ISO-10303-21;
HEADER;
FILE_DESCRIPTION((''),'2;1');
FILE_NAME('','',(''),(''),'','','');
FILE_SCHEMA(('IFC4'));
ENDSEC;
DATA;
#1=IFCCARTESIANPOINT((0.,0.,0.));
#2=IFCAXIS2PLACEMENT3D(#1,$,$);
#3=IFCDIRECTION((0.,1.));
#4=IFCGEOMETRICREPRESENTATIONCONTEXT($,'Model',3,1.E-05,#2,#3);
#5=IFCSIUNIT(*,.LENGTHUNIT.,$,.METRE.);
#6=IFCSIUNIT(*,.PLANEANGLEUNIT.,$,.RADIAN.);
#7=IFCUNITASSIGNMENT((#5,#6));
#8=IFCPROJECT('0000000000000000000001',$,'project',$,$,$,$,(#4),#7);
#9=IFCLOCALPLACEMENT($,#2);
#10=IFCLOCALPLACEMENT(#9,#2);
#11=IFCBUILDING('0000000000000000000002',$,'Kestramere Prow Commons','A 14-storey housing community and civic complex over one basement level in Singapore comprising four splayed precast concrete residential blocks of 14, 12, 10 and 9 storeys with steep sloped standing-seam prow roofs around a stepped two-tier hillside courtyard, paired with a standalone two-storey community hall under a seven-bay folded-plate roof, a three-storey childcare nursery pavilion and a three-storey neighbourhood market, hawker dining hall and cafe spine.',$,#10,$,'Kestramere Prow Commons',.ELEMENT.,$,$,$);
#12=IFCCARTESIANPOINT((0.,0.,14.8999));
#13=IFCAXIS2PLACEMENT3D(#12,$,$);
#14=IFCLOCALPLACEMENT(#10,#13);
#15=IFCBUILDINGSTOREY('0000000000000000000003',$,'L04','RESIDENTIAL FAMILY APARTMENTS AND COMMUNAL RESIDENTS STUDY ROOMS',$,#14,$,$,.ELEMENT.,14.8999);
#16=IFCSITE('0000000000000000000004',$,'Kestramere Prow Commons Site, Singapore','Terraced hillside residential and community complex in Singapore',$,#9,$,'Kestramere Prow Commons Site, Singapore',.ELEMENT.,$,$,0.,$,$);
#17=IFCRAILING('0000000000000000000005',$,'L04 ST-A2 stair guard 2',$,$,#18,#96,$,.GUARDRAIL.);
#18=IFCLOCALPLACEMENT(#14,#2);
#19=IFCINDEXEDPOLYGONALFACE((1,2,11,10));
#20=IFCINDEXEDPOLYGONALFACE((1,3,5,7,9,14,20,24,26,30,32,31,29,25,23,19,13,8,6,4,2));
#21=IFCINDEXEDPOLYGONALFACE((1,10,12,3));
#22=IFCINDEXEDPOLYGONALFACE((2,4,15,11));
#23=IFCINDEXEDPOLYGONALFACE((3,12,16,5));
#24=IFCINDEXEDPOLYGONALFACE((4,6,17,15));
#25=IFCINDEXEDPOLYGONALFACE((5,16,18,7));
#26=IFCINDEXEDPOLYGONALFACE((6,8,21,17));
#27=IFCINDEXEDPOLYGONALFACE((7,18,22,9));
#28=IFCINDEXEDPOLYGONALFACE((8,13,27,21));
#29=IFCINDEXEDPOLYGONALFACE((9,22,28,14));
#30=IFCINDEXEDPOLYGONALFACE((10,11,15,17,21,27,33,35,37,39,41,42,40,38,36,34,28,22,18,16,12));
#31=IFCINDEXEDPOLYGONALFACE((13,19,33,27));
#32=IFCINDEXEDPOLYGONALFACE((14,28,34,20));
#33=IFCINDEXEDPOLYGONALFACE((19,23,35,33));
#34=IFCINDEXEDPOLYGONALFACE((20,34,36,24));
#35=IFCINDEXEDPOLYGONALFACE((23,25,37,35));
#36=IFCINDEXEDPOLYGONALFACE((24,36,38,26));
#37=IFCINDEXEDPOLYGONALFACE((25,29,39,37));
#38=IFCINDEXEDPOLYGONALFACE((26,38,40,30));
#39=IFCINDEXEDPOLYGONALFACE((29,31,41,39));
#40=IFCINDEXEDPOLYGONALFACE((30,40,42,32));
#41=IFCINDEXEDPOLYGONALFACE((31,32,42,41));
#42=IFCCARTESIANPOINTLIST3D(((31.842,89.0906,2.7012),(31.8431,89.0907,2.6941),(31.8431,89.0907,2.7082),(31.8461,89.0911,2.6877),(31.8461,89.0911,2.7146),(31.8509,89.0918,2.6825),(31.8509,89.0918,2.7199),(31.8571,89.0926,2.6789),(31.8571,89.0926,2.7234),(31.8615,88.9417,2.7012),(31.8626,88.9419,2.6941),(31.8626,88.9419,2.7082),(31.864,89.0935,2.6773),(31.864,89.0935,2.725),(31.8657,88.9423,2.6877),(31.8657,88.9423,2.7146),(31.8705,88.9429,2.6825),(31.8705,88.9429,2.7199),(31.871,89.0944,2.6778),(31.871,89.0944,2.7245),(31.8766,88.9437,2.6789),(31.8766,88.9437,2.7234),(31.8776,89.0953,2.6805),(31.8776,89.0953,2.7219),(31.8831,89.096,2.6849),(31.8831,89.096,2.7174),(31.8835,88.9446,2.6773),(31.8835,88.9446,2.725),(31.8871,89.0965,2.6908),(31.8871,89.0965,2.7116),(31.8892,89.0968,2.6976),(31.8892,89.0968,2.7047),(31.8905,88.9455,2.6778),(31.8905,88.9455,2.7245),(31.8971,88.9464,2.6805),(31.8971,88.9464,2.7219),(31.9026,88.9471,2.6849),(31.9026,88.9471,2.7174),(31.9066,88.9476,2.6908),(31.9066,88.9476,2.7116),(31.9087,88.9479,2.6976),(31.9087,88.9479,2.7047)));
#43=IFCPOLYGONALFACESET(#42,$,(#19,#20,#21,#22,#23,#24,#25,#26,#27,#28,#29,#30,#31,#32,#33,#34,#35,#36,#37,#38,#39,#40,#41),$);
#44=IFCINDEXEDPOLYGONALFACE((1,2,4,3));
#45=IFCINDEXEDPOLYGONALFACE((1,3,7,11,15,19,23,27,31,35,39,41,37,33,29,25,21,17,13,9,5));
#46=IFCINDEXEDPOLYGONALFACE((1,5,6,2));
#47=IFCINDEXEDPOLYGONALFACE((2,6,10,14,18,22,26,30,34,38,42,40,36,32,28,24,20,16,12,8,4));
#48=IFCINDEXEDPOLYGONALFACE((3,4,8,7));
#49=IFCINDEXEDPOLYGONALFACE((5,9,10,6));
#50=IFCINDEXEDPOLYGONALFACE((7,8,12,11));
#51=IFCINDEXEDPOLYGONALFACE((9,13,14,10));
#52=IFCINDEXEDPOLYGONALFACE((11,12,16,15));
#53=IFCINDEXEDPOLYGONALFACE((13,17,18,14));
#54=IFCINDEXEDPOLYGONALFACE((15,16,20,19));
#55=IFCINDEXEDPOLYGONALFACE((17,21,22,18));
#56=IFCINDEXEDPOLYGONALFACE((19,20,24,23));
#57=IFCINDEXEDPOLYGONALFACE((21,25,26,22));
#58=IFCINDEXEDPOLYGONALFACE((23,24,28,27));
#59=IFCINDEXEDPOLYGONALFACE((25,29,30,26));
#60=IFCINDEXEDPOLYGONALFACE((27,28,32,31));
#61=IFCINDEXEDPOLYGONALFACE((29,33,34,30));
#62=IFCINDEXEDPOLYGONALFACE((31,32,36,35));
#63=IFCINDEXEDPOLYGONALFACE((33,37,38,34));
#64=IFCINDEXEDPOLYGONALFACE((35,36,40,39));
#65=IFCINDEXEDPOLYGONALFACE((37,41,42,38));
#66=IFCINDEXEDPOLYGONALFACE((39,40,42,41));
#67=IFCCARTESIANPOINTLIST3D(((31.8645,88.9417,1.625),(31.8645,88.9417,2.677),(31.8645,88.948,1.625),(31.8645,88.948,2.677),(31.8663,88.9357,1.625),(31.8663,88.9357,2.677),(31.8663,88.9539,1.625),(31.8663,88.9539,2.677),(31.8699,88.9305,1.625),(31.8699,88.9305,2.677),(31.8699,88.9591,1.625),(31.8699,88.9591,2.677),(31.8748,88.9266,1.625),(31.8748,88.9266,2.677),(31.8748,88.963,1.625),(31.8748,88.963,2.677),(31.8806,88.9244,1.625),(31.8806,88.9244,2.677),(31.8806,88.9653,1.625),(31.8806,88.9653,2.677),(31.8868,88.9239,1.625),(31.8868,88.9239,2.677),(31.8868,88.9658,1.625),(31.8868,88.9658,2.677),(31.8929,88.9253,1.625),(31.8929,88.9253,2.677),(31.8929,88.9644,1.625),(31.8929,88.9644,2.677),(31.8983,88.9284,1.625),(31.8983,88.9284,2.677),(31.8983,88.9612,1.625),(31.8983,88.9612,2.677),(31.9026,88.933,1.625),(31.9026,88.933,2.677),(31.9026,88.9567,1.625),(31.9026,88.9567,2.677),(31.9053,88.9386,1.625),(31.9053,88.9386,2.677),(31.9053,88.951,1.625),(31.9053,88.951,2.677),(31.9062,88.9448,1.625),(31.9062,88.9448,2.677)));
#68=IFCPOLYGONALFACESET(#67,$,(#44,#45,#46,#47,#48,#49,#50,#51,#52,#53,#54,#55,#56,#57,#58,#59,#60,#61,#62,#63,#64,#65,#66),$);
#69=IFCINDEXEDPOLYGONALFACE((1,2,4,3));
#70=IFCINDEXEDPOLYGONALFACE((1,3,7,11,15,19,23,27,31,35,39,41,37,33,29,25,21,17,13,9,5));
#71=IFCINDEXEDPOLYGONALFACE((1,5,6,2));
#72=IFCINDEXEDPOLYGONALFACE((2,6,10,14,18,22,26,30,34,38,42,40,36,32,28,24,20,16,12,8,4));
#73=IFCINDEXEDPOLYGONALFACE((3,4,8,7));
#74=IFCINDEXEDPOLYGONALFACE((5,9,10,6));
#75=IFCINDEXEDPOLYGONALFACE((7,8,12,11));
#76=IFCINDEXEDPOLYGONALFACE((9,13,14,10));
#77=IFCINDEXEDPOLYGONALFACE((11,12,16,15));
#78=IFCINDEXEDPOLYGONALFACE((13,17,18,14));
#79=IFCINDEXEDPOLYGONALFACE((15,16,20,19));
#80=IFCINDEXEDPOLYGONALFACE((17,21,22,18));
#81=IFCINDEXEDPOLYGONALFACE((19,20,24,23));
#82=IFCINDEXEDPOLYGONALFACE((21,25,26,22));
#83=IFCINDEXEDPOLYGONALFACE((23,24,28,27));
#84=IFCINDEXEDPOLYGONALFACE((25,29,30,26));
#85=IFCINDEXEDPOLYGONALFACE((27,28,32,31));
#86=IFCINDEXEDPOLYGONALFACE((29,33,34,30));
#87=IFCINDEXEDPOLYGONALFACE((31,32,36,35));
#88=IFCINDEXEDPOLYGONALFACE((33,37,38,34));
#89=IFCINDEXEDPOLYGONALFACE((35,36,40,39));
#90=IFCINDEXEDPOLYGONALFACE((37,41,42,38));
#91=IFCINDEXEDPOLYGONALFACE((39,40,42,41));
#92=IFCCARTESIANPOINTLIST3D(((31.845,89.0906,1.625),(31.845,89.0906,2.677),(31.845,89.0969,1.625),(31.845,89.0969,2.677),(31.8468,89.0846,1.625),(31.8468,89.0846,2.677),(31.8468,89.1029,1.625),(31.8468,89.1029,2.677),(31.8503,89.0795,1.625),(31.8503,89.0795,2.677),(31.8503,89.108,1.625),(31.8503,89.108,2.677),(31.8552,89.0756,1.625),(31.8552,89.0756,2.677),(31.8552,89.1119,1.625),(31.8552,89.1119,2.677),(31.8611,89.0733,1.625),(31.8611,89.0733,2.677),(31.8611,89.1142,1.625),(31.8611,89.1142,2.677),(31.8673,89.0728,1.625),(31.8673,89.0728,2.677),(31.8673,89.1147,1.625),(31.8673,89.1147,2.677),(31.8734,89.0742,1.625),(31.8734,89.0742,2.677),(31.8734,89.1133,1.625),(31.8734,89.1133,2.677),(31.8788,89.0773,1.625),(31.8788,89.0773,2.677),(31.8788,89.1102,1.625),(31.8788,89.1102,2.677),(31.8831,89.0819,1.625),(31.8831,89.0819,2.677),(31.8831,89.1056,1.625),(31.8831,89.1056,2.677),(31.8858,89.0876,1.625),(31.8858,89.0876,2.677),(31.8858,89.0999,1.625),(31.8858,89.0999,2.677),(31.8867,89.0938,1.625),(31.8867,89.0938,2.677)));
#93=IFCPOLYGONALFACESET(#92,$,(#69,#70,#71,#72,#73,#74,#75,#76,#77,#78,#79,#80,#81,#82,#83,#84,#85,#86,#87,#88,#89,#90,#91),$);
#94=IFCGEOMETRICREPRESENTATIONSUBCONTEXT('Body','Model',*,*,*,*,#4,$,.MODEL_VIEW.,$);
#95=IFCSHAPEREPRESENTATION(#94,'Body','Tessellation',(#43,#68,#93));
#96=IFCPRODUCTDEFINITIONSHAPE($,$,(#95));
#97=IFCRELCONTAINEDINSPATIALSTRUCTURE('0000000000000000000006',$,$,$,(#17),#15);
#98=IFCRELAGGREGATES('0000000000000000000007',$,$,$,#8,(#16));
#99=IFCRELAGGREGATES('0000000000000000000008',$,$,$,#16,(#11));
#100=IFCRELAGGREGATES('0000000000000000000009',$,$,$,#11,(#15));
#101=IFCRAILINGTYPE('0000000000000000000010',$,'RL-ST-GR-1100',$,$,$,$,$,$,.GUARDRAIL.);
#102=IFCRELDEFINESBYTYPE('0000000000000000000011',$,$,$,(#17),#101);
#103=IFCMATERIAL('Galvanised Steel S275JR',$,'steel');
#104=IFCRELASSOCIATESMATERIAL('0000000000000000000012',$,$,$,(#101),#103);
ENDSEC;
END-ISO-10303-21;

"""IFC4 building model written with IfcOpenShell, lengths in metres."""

from ifc_helpers import new_model, si_unit, direction, frame, origin, origin_2d, place, context, subcontext, project, spatial, circle, extrude, material, type_object, element, save


model = new_model("IFC4")

# Units and contexts
model_context = context("Model", 3, precision=1e-05, world=origin(), true_north=direction((0.0, 1.0)))
body_context = subcontext(model_context, "Body", "Model", "MODEL_VIEW")
ifc_project = project(units=[si_unit("LENGTHUNIT", "METRE"), si_unit("PLANEANGLEUNIT", "RADIAN")], contexts=[model_context])

# Site, building, storey
site_placement = place(None, origin())
site = spatial("IfcSite", under=ifc_project, at=site_placement, Name="Kestramere Prow Commons Site, Singapore", Description="Terraced hillside residential and community complex in Singapore", LongName="Kestramere Prow Commons Site, Singapore", CompositionType="ELEMENT", RefElevation=0.0)
building_placement = place(site_placement, origin())
building = spatial("IfcBuilding", under=site, at=building_placement, Name="Kestramere Prow Commons", Description="A 14-storey housing community and civic complex over one basement level in Singapore comprising four splayed precast concrete residential blocks of 14, 12, 10 and 9 storeys with steep sloped standing-seam prow roofs around a stepped two-tier hillside courtyard, paired with a standalone two-storey community hall under a seven-bay folded-plate roof, a three-storey childcare nursery pavilion and a three-storey neighbourhood market, hawker dining hall and cafe spine.", LongName="Kestramere Prow Commons", CompositionType="ELEMENT")
storey_placement = place(building_placement, frame((0.0, 0.0, 14.8999)))
storey = spatial("IfcBuildingStorey", under=building, at=storey_placement, Name="L04", Description="RESIDENTIAL FAMILY APARTMENTS AND COMMUNAL RESIDENTS STUDY ROOMS", CompositionType="ELEMENT", Elevation=14.8999)

# Railing
ifc_material_1 = material(Name="Galvanised Steel S275JR", Category="steel")
railing_type_1 = type_object("IfcRailingType", Name="RL-ST-GR-1100", PredefinedType="GUARDRAIL", material=ifc_material_1)
railing_1_placement = place(storey_placement, frame((31.8853, 88.9448, 1.625)))
element("IfcRailing", 1, at=railing_1_placement, inside=storey, type_object=railing_type_1, Name="L04 ST-A2 stair guard 2", PredefinedType="GUARDRAIL", context=body_context, shape_type="SweptSolid", body=[
    extrude(circle(Radius=0.0239, at=origin_2d()), frame((0.0, 0.0, 1.0762), z_axis=(-0.130034, 0.99151, 0.0), x_axis=(-0.99151, -0.130034, 0.0)), (0.0, 0.0, 1.0), 0.1501),
    extrude(circle(Radius=0.021, at=origin_2d()), origin(), (0.0, 0.0, 1.0), 1.052),
    extrude(circle(Radius=0.021, at=origin_2d()), frame((-0.0195, 0.1489, 0.0)), (0.0, 0.0, 1.0), 1.052),
])

save(model, "model.ifc")
